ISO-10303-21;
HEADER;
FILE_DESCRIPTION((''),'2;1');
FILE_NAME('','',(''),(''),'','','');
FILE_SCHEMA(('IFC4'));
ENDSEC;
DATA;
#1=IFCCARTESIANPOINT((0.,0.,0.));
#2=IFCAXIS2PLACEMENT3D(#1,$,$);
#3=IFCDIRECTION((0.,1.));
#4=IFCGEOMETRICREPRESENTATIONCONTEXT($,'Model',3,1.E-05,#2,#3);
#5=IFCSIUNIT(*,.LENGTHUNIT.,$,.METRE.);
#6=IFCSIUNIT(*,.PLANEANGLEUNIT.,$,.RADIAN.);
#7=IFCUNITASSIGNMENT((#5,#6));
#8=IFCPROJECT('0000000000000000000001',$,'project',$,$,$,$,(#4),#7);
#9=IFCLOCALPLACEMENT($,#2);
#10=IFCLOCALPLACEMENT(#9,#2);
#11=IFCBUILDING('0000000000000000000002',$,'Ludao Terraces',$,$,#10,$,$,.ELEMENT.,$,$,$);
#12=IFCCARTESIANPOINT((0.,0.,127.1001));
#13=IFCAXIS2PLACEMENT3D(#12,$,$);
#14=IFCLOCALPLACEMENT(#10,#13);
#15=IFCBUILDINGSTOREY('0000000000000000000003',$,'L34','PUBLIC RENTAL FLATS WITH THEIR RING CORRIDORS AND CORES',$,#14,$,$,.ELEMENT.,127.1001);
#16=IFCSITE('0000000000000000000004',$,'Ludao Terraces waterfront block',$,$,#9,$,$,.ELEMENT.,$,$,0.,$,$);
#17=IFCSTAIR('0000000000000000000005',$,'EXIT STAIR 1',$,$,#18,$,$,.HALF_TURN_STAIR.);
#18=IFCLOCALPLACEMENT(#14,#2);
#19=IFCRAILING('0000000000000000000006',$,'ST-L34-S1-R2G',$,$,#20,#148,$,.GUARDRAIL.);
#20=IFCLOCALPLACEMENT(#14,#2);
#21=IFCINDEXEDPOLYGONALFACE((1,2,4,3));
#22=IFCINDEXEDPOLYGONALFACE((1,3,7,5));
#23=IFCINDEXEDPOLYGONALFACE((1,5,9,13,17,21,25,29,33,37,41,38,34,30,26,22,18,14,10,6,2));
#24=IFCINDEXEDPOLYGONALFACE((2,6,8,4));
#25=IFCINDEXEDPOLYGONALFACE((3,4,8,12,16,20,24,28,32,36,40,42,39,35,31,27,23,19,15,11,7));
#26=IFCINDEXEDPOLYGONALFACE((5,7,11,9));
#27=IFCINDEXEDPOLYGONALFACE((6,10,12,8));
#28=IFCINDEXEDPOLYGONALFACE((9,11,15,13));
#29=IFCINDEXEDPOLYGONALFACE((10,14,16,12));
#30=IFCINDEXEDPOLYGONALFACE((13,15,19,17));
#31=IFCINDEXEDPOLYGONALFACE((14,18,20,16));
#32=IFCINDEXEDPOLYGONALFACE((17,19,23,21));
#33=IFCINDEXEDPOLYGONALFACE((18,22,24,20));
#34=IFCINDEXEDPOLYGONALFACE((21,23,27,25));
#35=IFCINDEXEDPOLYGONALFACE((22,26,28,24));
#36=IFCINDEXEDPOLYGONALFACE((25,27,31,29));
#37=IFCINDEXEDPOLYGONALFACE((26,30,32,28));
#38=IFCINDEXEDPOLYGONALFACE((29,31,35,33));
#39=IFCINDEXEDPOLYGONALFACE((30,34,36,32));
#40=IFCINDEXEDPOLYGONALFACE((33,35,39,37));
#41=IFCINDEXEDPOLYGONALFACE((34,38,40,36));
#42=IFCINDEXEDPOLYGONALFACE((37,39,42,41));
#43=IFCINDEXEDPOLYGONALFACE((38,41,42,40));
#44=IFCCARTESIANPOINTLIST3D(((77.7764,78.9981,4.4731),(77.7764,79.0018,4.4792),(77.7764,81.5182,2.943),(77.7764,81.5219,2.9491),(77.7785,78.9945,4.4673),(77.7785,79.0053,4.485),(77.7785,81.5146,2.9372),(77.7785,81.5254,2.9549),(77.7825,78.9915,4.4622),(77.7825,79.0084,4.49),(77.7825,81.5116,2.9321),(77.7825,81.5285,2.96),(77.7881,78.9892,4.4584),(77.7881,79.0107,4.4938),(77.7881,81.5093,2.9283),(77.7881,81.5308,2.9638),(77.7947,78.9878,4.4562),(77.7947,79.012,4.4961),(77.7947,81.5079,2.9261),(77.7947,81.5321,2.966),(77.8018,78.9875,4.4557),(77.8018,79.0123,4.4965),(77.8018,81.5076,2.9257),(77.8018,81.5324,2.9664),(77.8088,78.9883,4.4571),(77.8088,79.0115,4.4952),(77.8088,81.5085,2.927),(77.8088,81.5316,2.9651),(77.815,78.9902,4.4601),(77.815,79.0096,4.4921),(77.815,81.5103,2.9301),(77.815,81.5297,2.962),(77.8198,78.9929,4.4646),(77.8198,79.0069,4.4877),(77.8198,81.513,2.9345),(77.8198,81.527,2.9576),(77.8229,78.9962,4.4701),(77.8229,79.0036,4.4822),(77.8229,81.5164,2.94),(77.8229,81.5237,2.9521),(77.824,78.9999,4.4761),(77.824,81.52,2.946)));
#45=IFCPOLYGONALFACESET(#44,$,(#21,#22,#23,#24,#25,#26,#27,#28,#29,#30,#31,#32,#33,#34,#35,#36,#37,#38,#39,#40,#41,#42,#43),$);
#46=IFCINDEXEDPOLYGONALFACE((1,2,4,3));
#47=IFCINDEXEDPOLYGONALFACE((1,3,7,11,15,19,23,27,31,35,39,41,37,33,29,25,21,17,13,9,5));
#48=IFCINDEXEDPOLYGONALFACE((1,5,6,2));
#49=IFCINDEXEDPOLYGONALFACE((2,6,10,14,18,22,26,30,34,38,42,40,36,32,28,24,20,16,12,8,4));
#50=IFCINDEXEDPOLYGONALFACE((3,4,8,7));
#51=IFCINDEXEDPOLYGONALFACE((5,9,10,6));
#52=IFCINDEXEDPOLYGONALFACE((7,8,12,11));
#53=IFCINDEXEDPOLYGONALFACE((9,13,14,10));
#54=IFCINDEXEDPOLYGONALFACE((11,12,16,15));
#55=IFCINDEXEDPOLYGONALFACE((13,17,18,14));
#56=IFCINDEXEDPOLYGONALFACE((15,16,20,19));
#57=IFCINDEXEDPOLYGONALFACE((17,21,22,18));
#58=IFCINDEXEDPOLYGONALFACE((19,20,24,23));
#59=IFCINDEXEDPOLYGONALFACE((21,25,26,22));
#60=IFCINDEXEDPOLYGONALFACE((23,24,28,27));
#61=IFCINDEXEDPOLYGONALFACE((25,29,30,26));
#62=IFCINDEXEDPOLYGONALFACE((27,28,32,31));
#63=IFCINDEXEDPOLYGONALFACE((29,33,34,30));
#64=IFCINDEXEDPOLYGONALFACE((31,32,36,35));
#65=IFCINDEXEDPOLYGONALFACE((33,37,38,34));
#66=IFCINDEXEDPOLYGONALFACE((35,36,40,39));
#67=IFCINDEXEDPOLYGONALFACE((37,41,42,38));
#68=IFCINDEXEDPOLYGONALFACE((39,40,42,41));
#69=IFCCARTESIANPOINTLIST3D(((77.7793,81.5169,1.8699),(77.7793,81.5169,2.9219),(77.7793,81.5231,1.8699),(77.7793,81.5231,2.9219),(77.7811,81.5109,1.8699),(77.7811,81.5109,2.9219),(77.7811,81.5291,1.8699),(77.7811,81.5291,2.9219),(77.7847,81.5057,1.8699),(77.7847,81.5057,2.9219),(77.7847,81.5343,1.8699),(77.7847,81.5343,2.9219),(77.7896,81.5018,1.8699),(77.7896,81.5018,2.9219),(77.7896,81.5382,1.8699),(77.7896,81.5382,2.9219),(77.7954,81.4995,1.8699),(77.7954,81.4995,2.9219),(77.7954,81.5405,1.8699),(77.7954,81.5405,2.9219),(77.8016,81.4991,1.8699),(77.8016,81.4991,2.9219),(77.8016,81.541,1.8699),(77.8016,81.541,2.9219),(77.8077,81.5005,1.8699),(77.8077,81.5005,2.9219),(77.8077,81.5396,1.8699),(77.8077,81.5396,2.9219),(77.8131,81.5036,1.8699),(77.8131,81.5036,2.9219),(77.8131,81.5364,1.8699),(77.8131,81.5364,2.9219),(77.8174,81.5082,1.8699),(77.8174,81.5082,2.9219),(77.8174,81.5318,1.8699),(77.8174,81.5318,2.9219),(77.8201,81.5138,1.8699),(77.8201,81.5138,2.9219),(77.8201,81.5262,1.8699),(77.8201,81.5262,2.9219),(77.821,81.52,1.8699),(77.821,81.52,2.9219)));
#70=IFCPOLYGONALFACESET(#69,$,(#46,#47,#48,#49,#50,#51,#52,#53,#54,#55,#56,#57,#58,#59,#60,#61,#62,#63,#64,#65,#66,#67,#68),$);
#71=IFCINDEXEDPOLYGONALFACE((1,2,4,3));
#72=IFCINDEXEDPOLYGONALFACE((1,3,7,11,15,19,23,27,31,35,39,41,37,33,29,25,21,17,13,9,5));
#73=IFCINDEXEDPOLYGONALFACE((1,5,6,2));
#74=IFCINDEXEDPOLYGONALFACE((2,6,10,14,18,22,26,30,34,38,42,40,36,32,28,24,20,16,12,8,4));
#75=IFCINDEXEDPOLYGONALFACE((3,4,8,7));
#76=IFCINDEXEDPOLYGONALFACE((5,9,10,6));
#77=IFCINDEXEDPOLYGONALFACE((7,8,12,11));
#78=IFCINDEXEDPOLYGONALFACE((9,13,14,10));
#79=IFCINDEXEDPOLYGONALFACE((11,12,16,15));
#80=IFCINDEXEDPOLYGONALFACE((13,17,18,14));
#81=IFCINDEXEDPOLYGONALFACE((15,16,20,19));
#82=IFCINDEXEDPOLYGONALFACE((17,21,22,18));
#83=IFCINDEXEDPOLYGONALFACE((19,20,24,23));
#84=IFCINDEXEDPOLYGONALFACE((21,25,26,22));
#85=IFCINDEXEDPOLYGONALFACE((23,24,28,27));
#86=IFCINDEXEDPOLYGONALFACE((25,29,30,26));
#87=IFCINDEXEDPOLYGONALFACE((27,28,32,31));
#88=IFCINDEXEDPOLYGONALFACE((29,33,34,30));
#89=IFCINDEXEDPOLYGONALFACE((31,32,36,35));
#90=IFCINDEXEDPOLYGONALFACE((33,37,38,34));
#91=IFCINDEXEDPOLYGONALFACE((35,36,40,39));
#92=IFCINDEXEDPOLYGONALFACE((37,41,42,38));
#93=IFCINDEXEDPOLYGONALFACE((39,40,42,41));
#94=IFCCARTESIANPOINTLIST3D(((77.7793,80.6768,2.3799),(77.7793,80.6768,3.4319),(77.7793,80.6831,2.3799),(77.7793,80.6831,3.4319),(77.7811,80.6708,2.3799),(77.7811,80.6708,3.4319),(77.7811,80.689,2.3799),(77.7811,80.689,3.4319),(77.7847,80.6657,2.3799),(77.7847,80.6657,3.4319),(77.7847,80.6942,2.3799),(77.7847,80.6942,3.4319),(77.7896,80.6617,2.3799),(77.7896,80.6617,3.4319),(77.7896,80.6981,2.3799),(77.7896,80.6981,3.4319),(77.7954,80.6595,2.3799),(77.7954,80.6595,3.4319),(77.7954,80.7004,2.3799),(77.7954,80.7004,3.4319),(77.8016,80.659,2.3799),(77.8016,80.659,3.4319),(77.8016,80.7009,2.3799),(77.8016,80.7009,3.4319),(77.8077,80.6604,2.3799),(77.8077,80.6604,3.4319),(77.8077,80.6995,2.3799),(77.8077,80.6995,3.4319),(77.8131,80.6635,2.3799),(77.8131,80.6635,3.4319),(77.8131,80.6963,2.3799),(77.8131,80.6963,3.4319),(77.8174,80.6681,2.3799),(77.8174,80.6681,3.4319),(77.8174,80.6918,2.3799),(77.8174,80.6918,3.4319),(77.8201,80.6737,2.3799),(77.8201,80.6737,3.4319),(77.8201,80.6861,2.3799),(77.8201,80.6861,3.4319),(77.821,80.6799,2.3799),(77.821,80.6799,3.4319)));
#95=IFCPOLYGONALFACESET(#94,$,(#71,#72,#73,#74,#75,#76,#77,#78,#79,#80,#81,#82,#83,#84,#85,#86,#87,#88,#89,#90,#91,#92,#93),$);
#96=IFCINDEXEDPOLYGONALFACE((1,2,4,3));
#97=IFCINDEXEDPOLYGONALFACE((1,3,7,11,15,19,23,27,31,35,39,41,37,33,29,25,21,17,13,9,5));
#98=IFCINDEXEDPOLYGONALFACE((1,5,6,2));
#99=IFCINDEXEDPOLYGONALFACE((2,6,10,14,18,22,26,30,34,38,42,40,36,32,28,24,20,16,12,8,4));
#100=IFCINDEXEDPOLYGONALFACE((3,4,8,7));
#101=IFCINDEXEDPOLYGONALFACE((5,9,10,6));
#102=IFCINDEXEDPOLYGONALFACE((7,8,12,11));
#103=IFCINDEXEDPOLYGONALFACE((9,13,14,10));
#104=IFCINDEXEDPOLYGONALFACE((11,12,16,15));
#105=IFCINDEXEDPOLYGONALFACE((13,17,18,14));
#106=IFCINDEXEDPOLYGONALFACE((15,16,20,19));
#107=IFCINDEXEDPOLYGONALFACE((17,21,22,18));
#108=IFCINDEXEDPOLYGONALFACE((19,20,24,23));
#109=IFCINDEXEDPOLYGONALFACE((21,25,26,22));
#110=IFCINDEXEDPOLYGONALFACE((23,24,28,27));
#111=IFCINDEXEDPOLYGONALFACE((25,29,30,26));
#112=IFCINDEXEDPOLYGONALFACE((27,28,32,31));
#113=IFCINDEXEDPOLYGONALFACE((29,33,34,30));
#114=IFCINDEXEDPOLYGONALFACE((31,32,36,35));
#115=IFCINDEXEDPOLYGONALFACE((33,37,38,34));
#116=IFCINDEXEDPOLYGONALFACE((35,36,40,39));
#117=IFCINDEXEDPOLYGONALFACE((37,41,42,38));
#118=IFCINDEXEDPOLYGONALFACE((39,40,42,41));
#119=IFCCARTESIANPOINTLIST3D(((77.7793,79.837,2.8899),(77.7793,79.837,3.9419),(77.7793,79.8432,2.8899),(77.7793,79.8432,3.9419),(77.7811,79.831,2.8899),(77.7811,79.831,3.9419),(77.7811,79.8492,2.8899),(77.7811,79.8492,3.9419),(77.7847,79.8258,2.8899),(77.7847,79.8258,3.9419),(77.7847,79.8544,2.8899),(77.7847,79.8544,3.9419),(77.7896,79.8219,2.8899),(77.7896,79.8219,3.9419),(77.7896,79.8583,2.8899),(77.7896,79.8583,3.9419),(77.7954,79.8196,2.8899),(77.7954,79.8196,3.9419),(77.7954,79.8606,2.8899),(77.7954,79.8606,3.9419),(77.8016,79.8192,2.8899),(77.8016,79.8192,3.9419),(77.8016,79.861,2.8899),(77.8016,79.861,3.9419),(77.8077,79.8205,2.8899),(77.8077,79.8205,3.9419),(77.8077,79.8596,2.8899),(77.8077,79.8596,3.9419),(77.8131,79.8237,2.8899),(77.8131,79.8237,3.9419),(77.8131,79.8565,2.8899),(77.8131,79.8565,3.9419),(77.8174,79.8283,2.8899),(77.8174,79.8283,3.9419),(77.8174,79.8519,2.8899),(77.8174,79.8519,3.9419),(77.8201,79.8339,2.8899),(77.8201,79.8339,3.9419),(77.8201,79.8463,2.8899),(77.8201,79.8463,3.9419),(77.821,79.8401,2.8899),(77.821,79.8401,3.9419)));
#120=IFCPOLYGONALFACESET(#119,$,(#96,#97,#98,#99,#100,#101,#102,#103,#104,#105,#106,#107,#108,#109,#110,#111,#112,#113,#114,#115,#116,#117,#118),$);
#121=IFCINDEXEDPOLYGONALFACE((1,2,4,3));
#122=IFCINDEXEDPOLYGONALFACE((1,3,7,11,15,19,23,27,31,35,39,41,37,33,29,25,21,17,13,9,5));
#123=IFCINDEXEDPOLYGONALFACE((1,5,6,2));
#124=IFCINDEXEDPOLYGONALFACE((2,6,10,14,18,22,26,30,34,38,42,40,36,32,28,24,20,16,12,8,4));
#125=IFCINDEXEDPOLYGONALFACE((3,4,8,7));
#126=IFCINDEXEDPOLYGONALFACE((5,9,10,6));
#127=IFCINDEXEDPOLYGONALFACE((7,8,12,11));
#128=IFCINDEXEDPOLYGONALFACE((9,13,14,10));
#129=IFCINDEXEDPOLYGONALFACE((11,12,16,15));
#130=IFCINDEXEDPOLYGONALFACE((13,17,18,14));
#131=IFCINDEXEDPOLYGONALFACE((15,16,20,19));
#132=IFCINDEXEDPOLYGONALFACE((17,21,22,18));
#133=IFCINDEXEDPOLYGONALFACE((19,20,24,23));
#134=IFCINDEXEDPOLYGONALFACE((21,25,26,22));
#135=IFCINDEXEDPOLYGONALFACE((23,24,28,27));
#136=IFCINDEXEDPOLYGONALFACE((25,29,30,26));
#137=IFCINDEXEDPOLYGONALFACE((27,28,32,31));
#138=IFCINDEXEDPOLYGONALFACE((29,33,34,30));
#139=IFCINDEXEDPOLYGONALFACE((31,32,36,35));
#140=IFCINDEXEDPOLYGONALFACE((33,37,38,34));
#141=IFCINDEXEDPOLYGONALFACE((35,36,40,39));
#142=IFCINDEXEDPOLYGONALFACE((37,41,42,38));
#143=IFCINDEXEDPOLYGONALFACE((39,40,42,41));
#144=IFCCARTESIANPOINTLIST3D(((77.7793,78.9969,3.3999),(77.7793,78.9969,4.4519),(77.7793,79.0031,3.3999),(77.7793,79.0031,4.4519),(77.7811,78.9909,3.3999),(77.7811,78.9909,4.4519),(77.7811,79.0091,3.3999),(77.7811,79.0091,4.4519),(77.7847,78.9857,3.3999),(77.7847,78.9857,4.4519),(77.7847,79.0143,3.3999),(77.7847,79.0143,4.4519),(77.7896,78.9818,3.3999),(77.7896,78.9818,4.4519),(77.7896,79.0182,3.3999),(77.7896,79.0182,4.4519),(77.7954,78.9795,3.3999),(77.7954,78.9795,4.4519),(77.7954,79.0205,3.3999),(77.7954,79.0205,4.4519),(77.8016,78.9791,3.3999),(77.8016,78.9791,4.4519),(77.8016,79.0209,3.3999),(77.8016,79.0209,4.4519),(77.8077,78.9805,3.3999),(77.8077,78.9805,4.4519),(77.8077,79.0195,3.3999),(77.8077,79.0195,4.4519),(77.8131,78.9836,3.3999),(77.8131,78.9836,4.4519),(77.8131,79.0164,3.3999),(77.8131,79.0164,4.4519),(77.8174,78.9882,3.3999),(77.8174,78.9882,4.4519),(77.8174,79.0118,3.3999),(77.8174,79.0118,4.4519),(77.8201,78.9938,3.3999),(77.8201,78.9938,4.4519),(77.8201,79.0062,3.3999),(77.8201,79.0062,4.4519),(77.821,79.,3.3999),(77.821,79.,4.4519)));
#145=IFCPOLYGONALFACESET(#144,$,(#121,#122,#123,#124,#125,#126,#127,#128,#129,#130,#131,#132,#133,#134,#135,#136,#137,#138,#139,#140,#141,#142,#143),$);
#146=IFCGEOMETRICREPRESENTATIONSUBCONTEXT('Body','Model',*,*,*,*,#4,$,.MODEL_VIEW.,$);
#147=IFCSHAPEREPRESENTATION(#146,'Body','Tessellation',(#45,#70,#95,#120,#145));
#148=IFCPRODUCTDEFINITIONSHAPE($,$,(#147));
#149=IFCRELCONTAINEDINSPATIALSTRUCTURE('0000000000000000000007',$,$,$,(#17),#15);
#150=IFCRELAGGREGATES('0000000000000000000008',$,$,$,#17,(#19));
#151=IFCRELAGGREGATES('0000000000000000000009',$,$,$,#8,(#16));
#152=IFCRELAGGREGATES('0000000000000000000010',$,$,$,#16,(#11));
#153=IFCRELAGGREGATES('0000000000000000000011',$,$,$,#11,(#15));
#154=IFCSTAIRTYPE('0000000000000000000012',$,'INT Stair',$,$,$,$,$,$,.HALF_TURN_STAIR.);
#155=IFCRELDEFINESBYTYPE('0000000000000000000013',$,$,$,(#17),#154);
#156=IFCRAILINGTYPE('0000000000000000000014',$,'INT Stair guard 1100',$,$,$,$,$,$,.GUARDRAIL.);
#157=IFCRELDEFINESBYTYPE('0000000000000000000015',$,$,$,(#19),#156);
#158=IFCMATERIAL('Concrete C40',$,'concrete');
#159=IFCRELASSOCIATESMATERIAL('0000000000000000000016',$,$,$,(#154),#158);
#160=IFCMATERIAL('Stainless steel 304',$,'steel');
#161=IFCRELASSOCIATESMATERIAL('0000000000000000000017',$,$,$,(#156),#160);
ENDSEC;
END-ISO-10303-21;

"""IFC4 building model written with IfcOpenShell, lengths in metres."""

from ifc_helpers import new_model, si_unit, direction, frame, origin, origin_2d, place, context, subcontext, project, spatial, circle, extrude, material, type_object, element, aggregate, save


model = new_model("IFC4")

# Units and contexts
model_context = context("Model", 3, precision=1e-05, world=origin(), true_north=direction((0.0, 1.0)))
body_context = subcontext(model_context, "Body", "Model", "MODEL_VIEW")
ifc_project = project(units=[si_unit("LENGTHUNIT", "METRE"), si_unit("PLANEANGLEUNIT", "RADIAN")], contexts=[model_context])

# Site, building, storey
site_placement = place(None, origin())
site = spatial("IfcSite", under=ifc_project, at=site_placement, Name="Ludao Terraces waterfront block", CompositionType="ELEMENT", RefElevation=0.0)
building_placement = place(site_placement, origin())
building = spatial("IfcBuilding", under=site, at=building_placement, Name="Ludao Terraces", CompositionType="ELEMENT")
storey_placement = place(building_placement, frame((0.0, 0.0, 127.1001)))
storey = spatial("IfcBuildingStorey", under=building, at=storey_placement, Name="L34", Description="PUBLIC RENTAL FLATS WITH THEIR RING CORRIDORS AND CORES", CompositionType="ELEMENT", Elevation=127.1001)

# Shared definitions
ifc_material_1 = material(Name="Stainless steel 304", Category="steel")

# Stair, railing
ifc_material_2 = material(Name="Concrete C40", Category="concrete")
stair_type = type_object("IfcStairType", Name="INT Stair", PredefinedType="HALF_TURN_STAIR", material=ifc_material_2)
stair_placement = place(storey_placement, origin())
stair = element("IfcStair", 1, at=stair_placement, inside=storey, type_object=stair_type, Name="EXIT STAIR 1", PredefinedType="HALF_TURN_STAIR")
railing_type_1 = type_object("IfcRailingType", Name="INT Stair guard 1100", PredefinedType="GUARDRAIL", material=ifc_material_1)
railing_1_placement = place(storey_placement, frame((77.8, 81.52, 1.8699)))
railing_1 = element("IfcRailing", 2, at=railing_1_placement, type_object=railing_type_1, Name="ST-L34-S1-R2G", PredefinedType="GUARDRAIL", context=body_context, shape_type="SweptSolid", body=[
    extrude(circle(Radius=0.0239, at=origin_2d()), frame((0.0, 0.0, 1.0762), z_axis=(0.0, -0.854785, 0.518982), x_axis=(1.0, 0.0, 0.0)), (0.0, 0.0, 1.0), 2.9482),
    extrude(circle(Radius=0.021, at=origin_2d()), origin(), (0.0, 0.0, 1.0), 1.052),
    extrude(circle(Radius=0.021, at=origin_2d()), frame((0.0, -0.8401, 0.51)), (0.0, 0.0, 1.0), 1.052),
    extrude(circle(Radius=0.021, at=origin_2d()), frame((0.0, -1.6799, 1.02)), (0.0, 0.0, 1.0), 1.052),
    extrude(circle(Radius=0.021, at=origin_2d()), frame((0.0, -2.52, 1.53)), (0.0, 0.0, 1.0), 1.052),
])
aggregate(stair, [railing_1])

save(model, "model.ifc")
